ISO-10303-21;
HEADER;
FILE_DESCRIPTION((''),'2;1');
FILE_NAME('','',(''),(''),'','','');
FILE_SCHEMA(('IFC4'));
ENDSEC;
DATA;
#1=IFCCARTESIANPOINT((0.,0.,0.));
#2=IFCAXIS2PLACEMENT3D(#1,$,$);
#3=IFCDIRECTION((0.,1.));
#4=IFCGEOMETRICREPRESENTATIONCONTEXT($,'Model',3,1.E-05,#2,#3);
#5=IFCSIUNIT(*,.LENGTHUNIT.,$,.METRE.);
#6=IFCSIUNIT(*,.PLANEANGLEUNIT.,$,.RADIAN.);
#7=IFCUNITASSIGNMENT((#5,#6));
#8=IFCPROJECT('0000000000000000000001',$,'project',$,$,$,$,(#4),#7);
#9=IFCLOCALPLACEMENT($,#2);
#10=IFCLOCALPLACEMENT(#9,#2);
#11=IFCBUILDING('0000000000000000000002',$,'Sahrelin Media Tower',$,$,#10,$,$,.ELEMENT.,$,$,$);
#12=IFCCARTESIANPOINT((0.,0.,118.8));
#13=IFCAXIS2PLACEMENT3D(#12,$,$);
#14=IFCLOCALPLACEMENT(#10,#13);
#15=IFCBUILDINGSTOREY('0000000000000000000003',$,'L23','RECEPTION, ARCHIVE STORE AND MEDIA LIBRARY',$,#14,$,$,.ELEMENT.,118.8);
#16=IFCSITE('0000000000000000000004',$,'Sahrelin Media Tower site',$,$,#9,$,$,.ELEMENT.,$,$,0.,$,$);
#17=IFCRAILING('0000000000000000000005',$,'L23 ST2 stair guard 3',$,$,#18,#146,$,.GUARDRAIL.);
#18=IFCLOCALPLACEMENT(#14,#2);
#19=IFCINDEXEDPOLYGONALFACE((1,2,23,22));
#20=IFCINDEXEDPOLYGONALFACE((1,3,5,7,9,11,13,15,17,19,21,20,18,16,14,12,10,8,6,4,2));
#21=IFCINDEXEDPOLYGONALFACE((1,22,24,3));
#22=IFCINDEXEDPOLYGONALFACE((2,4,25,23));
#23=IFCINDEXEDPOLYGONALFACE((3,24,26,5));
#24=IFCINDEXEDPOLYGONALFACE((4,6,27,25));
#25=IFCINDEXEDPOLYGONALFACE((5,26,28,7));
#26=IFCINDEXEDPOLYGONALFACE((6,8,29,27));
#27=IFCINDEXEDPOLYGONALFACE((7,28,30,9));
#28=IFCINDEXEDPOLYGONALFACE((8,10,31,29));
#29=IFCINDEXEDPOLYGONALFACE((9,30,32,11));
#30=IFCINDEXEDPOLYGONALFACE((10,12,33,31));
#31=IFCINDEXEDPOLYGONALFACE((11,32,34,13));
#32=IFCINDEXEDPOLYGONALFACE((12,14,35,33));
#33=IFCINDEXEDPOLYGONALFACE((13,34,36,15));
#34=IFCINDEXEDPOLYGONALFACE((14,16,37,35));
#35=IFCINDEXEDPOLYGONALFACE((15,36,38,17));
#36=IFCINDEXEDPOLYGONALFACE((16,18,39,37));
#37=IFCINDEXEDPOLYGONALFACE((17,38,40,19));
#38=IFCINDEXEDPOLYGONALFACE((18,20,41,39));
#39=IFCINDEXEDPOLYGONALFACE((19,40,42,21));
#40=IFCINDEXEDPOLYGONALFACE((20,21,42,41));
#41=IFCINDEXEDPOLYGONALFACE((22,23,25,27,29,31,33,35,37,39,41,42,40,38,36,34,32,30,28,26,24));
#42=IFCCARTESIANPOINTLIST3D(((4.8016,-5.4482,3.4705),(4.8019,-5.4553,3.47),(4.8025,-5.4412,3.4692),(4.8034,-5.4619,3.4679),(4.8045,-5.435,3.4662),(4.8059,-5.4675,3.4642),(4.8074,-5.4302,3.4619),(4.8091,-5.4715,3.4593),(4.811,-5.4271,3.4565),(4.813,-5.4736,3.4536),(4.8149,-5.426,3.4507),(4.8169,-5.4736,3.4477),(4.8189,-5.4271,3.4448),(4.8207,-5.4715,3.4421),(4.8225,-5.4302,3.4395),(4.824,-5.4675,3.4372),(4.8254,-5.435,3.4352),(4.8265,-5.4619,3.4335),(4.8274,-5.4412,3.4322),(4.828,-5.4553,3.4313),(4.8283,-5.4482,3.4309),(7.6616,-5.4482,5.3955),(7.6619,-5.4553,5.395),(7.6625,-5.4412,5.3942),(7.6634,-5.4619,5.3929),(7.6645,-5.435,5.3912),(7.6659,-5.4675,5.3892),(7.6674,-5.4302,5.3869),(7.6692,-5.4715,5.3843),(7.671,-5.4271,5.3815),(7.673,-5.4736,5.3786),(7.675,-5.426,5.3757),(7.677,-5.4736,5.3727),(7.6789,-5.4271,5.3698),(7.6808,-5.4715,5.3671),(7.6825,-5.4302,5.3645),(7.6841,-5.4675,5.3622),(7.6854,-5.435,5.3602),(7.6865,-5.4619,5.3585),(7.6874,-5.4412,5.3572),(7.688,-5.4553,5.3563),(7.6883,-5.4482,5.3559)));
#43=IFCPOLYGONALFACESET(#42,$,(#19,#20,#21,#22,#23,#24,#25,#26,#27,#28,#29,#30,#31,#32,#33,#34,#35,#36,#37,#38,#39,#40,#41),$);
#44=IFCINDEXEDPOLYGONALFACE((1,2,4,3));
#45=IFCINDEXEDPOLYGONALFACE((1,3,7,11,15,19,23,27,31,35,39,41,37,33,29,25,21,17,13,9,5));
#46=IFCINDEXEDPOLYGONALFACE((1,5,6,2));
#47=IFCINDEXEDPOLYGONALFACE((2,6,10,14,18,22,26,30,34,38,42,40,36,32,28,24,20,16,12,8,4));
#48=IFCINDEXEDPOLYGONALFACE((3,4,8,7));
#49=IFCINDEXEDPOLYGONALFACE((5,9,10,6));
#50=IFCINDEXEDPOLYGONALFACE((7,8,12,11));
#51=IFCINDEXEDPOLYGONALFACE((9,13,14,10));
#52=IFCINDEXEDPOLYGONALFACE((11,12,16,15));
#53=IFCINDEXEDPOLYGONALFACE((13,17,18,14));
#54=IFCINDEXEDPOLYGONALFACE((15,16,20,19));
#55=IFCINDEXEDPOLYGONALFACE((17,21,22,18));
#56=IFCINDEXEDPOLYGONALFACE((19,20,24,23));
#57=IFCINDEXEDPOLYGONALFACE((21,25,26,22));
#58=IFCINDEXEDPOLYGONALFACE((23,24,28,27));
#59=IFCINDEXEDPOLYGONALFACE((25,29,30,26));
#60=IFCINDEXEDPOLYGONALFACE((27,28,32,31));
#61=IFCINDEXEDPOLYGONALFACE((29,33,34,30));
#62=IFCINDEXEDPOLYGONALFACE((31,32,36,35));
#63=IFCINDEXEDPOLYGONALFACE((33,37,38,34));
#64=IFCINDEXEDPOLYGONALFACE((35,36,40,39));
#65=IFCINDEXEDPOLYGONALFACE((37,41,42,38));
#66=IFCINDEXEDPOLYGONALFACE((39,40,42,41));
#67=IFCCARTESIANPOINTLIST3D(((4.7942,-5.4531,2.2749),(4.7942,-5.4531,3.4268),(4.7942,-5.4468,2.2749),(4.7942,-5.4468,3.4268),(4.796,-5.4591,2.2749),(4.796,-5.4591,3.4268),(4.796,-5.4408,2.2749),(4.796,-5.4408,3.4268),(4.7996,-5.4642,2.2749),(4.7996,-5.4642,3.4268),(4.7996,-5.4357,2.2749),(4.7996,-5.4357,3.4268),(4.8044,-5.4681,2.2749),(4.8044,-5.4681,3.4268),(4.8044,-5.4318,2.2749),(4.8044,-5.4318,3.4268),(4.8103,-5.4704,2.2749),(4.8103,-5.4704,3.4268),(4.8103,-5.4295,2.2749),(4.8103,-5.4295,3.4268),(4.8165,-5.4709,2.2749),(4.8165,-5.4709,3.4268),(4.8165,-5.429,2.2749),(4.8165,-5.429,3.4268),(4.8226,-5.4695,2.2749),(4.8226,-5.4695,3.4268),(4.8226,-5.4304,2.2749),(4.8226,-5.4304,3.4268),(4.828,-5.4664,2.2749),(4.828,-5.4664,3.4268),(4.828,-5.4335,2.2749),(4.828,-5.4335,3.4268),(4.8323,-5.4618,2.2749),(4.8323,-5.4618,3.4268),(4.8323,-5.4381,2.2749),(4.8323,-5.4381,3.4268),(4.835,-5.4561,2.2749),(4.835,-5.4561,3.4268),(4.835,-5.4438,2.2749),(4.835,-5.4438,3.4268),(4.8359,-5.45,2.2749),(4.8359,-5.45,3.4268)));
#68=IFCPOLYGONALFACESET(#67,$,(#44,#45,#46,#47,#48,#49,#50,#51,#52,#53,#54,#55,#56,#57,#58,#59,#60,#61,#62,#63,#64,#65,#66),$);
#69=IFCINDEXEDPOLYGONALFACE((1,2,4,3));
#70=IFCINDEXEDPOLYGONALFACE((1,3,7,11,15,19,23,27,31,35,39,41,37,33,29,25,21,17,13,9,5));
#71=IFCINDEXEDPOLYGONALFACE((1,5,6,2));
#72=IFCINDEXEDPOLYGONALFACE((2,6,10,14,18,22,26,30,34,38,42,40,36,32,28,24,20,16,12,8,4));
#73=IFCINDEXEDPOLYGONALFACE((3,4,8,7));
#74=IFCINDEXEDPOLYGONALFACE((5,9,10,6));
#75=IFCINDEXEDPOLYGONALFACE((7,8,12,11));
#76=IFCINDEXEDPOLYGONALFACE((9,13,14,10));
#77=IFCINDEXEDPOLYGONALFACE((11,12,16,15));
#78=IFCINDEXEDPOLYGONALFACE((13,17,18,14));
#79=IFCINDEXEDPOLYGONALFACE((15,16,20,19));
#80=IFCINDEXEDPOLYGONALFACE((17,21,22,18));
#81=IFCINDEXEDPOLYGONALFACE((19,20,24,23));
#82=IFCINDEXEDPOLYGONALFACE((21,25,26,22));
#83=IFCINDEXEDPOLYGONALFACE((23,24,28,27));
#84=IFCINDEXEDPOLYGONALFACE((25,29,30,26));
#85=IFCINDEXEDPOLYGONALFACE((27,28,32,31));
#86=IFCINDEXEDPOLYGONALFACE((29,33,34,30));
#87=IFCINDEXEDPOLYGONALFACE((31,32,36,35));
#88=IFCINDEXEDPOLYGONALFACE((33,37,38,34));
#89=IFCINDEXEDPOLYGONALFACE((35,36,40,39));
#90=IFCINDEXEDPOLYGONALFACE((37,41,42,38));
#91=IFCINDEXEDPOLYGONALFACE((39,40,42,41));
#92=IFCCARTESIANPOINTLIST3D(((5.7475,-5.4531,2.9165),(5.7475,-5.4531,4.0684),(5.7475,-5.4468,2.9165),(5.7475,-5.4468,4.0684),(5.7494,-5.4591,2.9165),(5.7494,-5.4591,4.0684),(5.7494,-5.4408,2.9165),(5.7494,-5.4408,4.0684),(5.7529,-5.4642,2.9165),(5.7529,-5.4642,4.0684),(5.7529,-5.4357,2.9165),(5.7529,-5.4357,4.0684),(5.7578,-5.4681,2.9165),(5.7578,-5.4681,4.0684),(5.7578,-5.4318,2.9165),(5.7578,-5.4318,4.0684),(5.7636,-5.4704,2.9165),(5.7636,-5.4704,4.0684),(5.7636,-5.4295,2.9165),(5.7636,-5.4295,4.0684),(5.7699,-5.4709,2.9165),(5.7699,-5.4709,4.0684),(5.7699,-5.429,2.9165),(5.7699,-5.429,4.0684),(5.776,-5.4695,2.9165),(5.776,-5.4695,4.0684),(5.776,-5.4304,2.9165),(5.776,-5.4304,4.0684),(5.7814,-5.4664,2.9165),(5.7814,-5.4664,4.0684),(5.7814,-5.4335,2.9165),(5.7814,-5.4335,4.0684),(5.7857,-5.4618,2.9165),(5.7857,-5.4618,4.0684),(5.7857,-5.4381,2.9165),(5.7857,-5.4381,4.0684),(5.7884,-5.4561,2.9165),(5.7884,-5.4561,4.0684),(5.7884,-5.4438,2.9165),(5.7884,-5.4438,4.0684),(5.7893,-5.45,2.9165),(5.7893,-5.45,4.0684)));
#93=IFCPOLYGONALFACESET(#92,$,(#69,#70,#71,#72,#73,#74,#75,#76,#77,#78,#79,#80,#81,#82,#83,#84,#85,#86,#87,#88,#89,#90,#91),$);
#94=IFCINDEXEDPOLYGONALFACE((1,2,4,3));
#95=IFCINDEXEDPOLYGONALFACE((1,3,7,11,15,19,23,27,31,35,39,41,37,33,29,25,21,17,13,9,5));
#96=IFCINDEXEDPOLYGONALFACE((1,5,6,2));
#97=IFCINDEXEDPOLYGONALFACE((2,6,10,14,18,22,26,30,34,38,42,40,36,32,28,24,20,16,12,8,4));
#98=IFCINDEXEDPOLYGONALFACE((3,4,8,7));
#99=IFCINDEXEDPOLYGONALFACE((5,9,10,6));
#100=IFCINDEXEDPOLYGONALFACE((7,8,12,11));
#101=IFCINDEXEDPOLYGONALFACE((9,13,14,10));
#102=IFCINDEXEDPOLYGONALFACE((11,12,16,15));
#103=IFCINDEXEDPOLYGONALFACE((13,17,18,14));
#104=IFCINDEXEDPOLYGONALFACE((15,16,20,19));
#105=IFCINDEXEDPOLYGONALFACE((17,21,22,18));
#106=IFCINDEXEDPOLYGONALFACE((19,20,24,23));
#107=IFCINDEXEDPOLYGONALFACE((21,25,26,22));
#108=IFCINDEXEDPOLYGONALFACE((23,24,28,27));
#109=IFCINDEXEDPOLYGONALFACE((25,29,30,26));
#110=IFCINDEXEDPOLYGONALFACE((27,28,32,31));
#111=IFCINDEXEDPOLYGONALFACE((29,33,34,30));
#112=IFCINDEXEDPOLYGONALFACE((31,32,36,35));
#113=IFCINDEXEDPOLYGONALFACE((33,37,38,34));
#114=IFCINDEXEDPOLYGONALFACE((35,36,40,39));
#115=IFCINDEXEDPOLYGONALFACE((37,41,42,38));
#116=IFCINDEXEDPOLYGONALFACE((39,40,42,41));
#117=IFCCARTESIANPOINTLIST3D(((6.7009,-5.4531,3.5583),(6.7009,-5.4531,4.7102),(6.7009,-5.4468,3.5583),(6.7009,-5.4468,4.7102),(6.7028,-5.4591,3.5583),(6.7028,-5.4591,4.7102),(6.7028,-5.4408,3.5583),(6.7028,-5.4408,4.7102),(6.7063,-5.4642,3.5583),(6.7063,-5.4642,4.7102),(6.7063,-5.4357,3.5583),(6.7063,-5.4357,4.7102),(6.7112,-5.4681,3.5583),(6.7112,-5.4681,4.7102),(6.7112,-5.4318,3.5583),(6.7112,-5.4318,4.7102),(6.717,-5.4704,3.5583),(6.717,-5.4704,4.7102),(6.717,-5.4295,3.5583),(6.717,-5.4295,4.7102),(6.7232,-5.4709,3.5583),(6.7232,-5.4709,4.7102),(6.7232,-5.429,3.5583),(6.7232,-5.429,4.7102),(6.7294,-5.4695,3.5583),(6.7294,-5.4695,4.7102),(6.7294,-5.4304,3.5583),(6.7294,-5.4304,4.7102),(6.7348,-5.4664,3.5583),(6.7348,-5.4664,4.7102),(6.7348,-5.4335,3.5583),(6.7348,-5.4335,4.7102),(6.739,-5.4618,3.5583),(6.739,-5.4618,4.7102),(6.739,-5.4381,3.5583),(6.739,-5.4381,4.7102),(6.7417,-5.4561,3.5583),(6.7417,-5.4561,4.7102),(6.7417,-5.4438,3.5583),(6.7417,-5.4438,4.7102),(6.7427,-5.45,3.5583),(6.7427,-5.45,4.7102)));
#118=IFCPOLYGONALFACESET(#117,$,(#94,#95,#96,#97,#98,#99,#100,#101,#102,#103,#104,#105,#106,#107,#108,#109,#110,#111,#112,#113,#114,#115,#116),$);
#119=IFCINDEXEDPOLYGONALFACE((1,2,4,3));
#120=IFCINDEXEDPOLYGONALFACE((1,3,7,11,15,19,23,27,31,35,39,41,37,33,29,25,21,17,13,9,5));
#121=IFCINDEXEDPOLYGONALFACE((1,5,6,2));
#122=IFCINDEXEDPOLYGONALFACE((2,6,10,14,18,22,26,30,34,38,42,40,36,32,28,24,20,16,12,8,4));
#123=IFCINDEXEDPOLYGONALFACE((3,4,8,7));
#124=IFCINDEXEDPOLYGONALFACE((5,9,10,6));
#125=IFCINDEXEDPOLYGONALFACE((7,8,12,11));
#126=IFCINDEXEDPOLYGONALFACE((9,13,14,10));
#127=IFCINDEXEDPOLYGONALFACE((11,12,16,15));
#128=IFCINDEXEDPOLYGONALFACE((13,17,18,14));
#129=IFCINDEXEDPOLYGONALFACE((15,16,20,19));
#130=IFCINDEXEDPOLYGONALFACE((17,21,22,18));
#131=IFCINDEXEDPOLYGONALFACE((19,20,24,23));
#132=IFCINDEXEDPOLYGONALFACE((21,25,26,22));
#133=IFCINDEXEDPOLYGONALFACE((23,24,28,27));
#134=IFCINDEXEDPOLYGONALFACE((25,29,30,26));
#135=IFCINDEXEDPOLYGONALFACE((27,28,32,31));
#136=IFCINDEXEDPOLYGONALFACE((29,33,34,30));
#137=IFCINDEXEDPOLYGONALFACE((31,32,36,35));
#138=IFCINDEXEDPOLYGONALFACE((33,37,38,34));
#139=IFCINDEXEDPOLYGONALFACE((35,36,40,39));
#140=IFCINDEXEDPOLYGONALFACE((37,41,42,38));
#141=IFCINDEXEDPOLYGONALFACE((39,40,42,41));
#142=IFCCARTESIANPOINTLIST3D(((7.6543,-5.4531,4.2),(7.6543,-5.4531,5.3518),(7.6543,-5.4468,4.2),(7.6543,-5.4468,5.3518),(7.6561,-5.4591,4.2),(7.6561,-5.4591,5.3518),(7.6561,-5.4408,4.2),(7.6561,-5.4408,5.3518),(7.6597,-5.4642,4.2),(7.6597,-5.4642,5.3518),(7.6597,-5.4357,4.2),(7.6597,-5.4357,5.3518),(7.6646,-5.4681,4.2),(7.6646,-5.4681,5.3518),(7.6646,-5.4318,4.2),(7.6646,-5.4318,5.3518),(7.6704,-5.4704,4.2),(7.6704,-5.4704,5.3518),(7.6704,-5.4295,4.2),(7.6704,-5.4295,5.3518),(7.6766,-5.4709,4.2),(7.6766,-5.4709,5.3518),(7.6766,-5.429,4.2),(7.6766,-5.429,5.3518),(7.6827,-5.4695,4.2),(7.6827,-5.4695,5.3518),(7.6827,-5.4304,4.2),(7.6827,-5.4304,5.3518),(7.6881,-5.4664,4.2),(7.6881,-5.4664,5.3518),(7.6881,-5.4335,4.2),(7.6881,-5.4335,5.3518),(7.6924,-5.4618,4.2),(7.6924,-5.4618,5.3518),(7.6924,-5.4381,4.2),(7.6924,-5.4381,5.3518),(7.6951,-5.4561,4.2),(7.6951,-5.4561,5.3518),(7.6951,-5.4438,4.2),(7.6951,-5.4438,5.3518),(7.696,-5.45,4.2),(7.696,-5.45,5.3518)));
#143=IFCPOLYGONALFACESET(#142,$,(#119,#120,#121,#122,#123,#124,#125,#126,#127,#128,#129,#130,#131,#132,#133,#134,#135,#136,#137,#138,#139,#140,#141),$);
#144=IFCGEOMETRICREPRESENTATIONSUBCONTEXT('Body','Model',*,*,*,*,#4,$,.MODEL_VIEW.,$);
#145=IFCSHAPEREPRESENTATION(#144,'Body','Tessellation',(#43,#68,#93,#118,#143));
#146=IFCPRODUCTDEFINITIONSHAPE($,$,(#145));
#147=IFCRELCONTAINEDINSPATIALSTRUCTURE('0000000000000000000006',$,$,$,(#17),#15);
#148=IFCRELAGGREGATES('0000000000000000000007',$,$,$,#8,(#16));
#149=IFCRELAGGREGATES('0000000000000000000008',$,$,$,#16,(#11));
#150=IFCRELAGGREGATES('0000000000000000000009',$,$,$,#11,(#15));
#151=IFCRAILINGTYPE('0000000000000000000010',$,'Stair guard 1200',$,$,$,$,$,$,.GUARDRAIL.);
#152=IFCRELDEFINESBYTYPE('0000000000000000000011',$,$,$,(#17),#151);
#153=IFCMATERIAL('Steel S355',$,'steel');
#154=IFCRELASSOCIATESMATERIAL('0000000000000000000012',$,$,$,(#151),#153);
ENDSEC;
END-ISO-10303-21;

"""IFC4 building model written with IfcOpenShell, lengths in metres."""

from ifc_helpers import new_model, si_unit, direction, frame, origin, origin_2d, place, context, subcontext, project, spatial, circle, extrude, material, type_object, element, save


model = new_model("IFC4")

# Units and contexts
model_context = context("Model", 3, precision=1e-05, world=origin(), true_north=direction((0.0, 1.0)))
body_context = subcontext(model_context, "Body", "Model", "MODEL_VIEW")
ifc_project = project(units=[si_unit("LENGTHUNIT", "METRE"), si_unit("PLANEANGLEUNIT", "RADIAN")], contexts=[model_context])

# Site, building, storey
site_placement = place(None, origin())
site = spatial("IfcSite", under=ifc_project, at=site_placement, Name="Sahrelin Media Tower site", CompositionType="ELEMENT", RefElevation=0.0)
building_placement = place(site_placement, origin())
building = spatial("IfcBuilding", under=site, at=building_placement, Name="Sahrelin Media Tower", CompositionType="ELEMENT")
storey_placement = place(building_placement, frame((0.0, 0.0, 118.8)))
storey = spatial("IfcBuildingStorey", under=building, at=storey_placement, Name="L23", Description="RECEPTION, ARCHIVE STORE AND MEDIA LIBRARY", CompositionType="ELEMENT", Elevation=118.8)

# Shared definitions
ifc_material_1 = material(Name="Steel S355", Category="steel")

# Railing
railing_type_1 = type_object("IfcRailingType", Name="Stair guard 1200", PredefinedType="GUARDRAIL", material=ifc_material_1)
railing_1_placement = place(storey_placement, frame((4.8149, -5.45, 2.2749)))
element("IfcRailing", 1, at=railing_1_placement, inside=storey, type_object=railing_type_1, Name="L23 ST2 stair guard 3", PredefinedType="GUARDRAIL", context=body_context, shape_type="SweptSolid", body=[
    extrude(circle(Radius=0.0239, at=origin_2d()), frame((0.0, 0.0, 1.1758), z_axis=(0.829591, 0.0, 0.558372), x_axis=(0.0, 1.0, 0.0)), (0.0, 0.0, 1.0), 3.4475),
    extrude(circle(Radius=0.021, at=origin_2d()), origin(), (0.0, 0.0, 1.0), 1.1519),
    extrude(circle(Radius=0.021, at=origin_2d()), frame((0.9534, 0.0, 0.6416)), (0.0, 0.0, 1.0), 1.1519),
    extrude(circle(Radius=0.021, at=origin_2d()), frame((1.9067, 0.0, 1.2834)), (0.0, 0.0, 1.0), 1.1519),
    extrude(circle(Radius=0.021, at=origin_2d()), frame((2.8601, 0.0, 1.925)), (0.0, 0.0, 1.0), 1.1519),
])

save(model, "model.ifc")
